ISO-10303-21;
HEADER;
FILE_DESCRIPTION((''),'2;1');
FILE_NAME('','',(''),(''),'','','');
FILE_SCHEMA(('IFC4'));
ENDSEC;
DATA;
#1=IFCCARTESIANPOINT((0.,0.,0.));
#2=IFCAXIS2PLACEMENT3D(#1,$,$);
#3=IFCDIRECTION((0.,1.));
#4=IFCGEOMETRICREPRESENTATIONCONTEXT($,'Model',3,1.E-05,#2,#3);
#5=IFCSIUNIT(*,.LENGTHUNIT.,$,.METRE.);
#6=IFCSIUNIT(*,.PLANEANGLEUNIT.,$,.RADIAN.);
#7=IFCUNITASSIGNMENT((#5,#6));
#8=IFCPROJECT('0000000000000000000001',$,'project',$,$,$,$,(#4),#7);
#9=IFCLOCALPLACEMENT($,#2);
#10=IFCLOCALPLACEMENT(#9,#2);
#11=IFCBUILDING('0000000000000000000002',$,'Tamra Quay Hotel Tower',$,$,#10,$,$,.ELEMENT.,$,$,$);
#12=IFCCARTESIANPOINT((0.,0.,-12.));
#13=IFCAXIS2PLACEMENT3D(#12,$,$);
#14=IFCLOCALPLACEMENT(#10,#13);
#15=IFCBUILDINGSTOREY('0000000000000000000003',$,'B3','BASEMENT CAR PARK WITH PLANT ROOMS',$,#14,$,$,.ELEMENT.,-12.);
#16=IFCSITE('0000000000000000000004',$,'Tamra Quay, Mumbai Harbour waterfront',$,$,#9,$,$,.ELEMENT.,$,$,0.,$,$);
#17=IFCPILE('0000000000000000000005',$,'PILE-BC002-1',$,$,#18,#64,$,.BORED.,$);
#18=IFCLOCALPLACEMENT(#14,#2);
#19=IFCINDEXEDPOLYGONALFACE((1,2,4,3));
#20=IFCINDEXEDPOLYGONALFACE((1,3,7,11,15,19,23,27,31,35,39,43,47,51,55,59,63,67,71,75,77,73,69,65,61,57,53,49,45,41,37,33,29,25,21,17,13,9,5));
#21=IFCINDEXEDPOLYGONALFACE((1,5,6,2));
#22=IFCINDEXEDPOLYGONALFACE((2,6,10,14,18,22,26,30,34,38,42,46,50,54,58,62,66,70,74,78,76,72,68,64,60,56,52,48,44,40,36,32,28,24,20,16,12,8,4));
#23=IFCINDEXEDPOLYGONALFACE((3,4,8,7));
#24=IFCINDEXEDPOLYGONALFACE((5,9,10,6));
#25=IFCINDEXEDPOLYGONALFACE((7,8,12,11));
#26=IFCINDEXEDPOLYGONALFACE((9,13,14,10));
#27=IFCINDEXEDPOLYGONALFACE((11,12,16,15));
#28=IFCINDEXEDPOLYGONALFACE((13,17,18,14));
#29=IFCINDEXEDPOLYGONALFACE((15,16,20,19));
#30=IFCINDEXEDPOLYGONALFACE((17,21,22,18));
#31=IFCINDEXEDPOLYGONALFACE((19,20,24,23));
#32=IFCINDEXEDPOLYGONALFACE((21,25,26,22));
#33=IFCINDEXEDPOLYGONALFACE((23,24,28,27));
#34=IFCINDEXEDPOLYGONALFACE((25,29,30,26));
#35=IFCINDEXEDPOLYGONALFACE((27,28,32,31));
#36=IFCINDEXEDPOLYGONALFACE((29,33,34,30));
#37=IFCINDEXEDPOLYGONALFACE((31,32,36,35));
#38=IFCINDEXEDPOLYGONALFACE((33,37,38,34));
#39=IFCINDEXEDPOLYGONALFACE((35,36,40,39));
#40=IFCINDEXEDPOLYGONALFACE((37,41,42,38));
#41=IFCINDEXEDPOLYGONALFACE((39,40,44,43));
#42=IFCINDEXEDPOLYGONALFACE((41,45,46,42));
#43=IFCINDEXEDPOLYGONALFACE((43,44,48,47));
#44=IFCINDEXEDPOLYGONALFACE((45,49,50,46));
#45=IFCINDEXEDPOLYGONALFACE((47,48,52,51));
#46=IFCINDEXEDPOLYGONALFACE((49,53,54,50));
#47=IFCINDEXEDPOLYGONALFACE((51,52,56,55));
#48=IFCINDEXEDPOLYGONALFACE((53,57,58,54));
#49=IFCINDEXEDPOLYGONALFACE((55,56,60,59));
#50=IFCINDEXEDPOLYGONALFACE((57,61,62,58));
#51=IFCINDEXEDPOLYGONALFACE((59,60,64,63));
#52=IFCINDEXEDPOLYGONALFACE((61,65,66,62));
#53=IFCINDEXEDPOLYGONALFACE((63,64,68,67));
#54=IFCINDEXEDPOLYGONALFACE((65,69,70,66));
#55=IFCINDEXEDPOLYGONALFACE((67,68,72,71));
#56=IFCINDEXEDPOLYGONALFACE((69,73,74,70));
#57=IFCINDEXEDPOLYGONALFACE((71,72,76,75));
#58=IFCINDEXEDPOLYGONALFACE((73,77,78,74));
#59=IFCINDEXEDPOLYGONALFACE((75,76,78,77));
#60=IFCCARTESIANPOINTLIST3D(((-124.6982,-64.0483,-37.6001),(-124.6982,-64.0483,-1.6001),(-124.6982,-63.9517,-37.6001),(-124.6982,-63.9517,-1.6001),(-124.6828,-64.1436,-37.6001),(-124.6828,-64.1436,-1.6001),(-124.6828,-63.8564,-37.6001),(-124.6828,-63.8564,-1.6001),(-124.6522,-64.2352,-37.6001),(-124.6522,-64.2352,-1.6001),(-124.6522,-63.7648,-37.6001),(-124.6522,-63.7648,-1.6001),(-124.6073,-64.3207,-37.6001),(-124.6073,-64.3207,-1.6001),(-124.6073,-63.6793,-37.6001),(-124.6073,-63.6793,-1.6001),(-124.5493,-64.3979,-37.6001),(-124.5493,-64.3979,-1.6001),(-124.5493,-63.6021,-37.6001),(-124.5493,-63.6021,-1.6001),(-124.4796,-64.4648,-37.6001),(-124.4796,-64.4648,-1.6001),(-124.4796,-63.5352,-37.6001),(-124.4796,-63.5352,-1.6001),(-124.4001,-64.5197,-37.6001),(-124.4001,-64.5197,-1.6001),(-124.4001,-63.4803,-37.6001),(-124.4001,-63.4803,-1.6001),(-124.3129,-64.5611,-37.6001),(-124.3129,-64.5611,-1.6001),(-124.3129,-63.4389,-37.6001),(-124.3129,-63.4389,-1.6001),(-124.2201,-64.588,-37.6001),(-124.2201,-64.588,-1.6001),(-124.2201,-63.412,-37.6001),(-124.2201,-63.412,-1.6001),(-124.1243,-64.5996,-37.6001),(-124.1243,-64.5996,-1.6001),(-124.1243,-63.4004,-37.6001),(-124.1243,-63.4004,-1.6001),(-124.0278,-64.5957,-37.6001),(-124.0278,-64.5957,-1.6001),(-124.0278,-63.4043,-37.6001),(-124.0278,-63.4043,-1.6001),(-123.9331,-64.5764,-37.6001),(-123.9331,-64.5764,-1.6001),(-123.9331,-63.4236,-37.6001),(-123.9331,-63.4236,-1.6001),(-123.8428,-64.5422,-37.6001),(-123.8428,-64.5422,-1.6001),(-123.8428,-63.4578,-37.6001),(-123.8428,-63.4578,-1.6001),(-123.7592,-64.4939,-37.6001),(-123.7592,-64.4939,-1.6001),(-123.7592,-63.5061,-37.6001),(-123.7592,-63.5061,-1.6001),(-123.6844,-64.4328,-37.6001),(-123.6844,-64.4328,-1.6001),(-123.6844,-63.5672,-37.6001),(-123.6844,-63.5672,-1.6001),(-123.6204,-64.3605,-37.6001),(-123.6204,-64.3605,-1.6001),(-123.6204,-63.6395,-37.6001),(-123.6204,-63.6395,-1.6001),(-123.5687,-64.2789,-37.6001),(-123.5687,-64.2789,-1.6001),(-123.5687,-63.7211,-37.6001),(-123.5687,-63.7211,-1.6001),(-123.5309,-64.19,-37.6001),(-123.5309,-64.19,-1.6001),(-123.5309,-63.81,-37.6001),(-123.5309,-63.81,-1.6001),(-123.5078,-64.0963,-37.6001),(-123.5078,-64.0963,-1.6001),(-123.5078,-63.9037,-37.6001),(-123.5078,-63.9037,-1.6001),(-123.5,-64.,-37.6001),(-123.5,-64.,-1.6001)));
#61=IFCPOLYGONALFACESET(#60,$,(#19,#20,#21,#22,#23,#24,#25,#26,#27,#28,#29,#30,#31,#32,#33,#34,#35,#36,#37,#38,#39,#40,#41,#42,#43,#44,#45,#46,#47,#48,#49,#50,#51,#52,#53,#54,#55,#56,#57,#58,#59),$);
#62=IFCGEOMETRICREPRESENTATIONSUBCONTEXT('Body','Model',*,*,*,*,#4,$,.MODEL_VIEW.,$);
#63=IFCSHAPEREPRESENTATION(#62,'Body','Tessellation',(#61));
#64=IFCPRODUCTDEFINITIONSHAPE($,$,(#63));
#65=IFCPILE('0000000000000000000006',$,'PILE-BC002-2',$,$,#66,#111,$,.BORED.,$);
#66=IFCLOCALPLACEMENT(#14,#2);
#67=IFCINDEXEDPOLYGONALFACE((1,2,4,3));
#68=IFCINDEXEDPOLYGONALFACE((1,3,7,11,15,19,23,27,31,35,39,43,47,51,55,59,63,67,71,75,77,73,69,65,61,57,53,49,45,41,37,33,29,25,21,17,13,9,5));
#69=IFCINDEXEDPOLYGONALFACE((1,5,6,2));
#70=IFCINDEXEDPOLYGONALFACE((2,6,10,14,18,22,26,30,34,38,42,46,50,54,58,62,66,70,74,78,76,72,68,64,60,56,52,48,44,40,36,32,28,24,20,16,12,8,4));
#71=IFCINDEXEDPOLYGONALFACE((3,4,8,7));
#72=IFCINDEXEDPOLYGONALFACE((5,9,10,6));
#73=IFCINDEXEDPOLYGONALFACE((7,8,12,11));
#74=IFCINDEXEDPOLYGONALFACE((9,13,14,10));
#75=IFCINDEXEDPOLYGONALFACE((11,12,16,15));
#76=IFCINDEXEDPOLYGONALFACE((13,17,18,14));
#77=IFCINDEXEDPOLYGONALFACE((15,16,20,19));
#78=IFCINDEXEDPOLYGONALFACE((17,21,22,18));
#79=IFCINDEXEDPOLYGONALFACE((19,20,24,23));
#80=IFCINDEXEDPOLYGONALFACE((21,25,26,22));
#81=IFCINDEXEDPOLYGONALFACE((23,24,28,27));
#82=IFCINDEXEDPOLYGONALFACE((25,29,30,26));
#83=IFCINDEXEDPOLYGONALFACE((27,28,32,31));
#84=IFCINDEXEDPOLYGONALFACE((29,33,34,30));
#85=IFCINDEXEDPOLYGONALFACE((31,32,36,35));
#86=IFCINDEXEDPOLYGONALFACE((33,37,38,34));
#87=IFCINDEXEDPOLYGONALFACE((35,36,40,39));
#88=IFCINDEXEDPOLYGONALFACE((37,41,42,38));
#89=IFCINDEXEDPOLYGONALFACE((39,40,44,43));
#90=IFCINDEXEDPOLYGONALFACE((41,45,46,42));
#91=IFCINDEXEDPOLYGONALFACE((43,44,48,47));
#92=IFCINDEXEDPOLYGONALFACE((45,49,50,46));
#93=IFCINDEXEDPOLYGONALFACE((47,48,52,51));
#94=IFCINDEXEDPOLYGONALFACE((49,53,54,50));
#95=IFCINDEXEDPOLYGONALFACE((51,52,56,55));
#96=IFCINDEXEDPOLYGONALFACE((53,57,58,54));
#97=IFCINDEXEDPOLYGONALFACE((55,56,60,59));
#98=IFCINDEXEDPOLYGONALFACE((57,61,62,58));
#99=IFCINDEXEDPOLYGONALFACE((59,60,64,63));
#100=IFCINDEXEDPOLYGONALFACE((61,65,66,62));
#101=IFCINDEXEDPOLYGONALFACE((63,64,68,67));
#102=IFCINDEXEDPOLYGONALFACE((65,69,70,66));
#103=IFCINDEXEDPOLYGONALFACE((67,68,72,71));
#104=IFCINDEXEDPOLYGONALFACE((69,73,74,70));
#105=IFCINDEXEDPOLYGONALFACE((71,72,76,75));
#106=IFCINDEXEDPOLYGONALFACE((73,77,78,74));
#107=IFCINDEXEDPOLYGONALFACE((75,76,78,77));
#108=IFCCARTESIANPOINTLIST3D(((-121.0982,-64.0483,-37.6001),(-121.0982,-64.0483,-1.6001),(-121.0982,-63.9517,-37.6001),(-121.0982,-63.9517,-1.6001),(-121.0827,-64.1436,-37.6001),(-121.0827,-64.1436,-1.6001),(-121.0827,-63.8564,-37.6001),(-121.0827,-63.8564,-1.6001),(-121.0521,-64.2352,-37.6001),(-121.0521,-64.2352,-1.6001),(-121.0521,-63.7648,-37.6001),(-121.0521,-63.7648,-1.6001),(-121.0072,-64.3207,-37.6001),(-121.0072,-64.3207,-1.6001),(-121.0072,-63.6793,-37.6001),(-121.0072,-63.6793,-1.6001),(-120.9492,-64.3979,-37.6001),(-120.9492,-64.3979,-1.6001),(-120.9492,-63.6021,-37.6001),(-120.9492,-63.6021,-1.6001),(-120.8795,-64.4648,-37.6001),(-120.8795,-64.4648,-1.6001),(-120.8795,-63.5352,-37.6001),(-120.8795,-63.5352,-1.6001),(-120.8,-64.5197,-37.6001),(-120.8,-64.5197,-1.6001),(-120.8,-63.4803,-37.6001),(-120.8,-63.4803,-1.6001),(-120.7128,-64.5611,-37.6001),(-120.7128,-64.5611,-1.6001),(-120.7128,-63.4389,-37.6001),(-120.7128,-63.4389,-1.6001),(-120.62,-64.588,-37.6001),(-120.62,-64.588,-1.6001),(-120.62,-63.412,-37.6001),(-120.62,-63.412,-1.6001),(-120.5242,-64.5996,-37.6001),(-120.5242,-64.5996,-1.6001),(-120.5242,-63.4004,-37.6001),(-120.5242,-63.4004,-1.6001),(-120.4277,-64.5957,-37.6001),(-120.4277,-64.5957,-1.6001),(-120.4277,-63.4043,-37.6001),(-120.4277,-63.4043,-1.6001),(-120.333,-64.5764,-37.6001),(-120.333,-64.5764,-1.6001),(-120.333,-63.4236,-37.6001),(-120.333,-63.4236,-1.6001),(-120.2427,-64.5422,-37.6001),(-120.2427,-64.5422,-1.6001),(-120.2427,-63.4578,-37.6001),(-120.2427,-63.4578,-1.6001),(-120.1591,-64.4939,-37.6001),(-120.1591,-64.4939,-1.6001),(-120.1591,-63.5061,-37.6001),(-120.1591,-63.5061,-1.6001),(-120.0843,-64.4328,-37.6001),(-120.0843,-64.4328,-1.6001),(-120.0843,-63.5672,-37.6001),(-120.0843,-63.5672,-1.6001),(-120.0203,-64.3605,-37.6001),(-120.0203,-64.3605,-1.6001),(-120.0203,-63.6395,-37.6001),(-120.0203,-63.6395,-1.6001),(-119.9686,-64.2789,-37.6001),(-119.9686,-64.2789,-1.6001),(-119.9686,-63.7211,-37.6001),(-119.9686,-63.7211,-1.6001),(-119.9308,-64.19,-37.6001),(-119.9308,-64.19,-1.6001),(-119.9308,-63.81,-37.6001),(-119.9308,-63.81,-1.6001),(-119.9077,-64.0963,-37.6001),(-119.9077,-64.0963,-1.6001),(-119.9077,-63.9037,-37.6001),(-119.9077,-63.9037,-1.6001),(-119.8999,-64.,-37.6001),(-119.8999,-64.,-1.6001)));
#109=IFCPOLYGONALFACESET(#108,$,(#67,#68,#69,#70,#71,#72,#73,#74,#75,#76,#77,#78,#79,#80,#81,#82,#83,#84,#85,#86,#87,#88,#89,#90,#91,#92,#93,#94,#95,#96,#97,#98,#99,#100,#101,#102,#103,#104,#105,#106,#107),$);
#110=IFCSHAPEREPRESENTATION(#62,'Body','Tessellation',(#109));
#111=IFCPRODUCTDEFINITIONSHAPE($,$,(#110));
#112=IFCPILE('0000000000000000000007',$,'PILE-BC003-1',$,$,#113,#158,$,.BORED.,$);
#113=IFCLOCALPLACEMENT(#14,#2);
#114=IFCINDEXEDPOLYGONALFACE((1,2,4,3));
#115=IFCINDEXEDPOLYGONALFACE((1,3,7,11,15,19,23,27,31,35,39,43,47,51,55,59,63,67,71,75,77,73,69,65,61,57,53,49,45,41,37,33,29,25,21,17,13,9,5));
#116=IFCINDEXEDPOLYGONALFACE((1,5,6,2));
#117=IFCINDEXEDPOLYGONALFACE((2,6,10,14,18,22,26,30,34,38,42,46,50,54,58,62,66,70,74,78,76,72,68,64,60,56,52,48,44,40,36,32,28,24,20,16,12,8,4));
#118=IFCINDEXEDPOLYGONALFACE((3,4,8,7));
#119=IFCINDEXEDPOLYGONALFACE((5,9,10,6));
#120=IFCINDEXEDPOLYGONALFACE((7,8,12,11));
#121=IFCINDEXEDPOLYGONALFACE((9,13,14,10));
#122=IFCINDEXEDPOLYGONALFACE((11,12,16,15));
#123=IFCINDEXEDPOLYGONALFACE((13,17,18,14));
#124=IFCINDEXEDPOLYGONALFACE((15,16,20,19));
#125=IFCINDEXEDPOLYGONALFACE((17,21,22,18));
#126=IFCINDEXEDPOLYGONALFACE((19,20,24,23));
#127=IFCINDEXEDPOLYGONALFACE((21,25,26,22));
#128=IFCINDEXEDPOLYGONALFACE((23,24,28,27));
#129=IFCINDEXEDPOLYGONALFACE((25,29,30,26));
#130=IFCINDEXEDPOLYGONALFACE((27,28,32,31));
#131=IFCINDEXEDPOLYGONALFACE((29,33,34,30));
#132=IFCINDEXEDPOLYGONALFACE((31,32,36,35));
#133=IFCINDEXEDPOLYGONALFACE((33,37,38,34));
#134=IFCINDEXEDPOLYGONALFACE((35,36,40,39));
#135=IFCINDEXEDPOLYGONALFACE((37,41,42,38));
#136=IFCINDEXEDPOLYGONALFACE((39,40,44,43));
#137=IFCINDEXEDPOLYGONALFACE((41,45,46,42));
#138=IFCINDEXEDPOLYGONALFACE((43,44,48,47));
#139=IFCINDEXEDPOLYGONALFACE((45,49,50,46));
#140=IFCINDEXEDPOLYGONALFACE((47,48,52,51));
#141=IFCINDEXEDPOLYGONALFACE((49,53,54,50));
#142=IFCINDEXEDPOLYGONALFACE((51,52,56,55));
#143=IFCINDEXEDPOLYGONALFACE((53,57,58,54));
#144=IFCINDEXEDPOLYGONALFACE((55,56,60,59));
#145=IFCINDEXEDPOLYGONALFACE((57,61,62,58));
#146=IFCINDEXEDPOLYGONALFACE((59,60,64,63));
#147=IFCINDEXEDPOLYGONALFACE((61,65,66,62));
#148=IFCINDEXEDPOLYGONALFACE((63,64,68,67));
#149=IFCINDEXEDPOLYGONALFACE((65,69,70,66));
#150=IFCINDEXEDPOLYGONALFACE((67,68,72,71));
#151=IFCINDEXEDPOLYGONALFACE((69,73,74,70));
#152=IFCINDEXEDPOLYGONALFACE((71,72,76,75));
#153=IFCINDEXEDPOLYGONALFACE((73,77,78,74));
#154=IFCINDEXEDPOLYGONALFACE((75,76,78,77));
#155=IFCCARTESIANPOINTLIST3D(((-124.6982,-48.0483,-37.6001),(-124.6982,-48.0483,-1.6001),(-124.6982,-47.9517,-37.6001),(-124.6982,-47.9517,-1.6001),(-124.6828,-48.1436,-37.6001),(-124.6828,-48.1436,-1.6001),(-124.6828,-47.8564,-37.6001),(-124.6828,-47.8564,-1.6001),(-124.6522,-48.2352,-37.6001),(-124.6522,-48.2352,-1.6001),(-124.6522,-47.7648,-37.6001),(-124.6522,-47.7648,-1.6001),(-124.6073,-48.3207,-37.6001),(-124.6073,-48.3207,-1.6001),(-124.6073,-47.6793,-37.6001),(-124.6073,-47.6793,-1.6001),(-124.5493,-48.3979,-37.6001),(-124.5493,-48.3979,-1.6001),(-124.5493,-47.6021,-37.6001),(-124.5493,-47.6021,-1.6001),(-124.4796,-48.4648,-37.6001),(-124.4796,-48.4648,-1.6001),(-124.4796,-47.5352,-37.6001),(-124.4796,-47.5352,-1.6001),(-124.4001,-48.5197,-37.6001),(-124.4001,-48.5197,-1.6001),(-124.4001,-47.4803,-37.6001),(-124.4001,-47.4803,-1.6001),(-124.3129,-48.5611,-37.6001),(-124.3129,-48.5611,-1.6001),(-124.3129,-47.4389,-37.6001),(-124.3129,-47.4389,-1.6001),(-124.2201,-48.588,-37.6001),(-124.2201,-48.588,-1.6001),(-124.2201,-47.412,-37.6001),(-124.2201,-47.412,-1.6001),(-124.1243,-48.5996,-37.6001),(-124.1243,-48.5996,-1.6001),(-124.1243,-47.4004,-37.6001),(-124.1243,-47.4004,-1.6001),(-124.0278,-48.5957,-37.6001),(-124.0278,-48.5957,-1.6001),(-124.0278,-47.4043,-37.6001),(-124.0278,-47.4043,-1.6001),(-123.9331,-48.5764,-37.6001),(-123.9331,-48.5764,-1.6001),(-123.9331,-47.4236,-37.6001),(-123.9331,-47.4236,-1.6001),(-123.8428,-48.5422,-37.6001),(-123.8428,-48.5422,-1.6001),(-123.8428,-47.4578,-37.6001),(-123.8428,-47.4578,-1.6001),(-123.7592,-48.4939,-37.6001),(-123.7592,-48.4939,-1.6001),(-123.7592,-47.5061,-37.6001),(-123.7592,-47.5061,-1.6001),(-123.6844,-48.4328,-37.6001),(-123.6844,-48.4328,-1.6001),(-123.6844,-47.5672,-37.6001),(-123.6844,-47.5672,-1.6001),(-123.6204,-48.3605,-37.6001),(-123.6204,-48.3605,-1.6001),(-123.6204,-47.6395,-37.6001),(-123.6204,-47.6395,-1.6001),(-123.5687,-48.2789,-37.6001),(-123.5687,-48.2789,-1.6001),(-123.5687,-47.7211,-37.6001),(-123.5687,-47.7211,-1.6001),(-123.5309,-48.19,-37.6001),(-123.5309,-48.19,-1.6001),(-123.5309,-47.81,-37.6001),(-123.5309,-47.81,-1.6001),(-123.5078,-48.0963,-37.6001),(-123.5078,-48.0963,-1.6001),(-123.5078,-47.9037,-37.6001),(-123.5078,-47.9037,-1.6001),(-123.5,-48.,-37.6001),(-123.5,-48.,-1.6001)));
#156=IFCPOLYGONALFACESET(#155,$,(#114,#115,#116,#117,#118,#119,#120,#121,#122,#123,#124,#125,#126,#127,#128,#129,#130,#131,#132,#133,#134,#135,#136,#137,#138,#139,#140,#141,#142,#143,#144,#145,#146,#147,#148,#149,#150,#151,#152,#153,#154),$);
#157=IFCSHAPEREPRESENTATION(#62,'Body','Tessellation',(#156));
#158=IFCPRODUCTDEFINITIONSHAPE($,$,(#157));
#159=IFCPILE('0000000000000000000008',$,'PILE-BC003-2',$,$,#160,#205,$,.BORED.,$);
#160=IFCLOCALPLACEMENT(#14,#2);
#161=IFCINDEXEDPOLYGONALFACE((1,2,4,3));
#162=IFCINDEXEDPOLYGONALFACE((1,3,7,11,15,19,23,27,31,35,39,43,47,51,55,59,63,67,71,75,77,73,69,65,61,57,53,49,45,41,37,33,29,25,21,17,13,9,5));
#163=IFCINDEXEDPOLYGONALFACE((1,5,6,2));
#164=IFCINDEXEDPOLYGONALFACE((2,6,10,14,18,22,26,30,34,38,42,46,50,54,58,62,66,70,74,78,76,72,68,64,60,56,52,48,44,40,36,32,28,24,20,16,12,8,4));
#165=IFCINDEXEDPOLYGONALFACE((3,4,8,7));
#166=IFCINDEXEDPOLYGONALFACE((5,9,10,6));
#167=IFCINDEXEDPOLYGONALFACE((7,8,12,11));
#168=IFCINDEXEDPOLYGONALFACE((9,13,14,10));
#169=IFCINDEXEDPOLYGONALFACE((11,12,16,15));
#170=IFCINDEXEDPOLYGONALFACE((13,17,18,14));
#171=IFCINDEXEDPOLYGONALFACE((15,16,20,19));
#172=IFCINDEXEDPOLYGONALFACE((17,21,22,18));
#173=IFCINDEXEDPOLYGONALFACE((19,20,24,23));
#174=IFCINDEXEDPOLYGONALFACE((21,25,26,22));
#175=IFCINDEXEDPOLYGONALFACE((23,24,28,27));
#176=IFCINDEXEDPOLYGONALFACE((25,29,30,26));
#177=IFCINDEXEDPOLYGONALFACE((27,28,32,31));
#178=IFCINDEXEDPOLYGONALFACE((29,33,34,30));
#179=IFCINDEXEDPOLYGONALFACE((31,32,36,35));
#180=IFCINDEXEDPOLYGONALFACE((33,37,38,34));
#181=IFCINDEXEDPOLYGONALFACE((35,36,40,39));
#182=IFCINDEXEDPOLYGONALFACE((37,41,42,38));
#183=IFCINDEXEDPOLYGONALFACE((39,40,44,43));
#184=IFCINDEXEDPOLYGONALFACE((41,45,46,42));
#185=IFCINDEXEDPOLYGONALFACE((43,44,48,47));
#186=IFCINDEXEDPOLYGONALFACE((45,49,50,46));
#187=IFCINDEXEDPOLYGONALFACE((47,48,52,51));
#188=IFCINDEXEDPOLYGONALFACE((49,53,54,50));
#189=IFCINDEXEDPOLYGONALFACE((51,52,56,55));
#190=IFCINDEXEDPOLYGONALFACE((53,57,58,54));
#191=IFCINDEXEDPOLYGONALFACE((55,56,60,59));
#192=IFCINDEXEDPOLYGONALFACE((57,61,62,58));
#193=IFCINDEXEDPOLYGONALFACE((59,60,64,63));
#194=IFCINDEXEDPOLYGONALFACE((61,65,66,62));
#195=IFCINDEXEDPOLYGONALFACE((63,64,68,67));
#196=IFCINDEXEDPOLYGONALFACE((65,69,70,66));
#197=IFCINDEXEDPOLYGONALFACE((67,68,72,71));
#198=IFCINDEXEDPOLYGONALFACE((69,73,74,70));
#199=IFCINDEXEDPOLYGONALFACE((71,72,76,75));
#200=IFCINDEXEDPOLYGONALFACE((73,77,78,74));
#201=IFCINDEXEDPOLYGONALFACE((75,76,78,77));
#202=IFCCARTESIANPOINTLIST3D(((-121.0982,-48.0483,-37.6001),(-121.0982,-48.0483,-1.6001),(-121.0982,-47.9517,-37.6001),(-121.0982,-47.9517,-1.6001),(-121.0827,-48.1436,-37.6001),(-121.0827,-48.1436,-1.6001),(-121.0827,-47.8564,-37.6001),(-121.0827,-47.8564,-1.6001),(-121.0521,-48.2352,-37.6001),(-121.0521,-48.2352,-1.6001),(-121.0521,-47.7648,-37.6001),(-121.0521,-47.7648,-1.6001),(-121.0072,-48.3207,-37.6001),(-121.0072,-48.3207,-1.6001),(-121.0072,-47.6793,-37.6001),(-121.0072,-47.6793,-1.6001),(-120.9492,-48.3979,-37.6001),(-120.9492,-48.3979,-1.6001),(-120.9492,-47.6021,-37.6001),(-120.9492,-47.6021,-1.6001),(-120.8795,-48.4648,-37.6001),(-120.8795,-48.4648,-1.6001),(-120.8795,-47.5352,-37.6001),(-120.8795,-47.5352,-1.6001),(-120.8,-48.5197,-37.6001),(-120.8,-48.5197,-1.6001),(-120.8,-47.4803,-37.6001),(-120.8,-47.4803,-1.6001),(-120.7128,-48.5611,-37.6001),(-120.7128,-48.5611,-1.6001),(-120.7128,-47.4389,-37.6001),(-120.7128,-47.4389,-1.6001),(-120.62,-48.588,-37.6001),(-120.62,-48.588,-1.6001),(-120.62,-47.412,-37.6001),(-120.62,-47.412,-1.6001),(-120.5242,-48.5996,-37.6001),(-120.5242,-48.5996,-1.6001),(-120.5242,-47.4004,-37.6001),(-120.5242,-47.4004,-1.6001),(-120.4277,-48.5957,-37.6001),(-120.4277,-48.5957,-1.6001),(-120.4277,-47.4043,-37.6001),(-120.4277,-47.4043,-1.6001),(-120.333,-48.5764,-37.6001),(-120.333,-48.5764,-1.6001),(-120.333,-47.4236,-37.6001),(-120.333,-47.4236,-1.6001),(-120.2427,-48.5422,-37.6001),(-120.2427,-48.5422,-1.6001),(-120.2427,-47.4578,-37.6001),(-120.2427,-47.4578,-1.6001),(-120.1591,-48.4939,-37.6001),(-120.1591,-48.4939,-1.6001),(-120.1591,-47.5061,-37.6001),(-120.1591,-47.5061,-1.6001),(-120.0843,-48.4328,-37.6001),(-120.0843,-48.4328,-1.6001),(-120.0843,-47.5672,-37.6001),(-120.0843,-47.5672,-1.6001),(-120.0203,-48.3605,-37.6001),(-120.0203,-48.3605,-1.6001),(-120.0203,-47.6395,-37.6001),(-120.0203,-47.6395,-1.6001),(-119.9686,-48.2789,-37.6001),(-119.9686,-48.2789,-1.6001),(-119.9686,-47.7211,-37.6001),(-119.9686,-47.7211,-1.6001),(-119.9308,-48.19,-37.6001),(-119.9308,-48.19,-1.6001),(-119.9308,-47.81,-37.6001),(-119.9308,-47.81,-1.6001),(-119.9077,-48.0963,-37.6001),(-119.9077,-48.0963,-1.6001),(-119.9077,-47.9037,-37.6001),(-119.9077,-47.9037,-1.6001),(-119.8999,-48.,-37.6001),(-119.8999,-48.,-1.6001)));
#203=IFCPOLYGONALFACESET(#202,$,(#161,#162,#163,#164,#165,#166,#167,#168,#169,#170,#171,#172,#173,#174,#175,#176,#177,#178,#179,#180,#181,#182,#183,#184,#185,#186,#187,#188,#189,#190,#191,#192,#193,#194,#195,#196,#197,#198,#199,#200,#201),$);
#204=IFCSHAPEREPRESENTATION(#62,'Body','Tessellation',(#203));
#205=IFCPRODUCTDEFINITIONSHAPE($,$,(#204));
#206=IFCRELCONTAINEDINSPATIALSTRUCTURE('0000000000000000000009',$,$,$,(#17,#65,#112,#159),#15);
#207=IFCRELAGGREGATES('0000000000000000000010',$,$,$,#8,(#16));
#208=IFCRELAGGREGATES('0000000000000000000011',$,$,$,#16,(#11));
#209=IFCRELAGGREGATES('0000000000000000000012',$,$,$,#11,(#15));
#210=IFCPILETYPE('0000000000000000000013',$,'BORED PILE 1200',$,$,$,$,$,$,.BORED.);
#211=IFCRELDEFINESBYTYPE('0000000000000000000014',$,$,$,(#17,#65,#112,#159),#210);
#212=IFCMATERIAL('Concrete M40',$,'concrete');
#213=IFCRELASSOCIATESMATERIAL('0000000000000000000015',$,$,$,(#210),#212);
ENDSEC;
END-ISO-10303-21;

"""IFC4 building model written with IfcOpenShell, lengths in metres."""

from ifc_helpers import new_model, si_unit, direction, frame, origin, origin_2d, place, context, subcontext, project, spatial, circle, extrude, material, material_profile, profile_set, type_object, element, save


model = new_model("IFC4")

# Units and contexts
model_context = context("Model", 3, precision=1e-05, world=origin(), true_north=direction((0.0, 1.0)))
body_context = subcontext(model_context, "Body", "Model", "MODEL_VIEW")
ifc_project = project(units=[si_unit("LENGTHUNIT", "METRE"), si_unit("PLANEANGLEUNIT", "RADIAN")], contexts=[model_context])

# Site, building, storey
site_placement = place(None, origin())
site = spatial("IfcSite", under=ifc_project, at=site_placement, Name="Tamra Quay, Mumbai Harbour waterfront", CompositionType="ELEMENT", RefElevation=0.0)
building_placement = place(site_placement, origin())
building = spatial("IfcBuilding", under=site, at=building_placement, Name="Tamra Quay Hotel Tower", CompositionType="ELEMENT")
storey_placement = place(building_placement, frame((0.0, 0.0, -12.0)))
storey = spatial("IfcBuildingStorey", under=building, at=storey_placement, Name="B3", Description="BASEMENT CAR PARK WITH PLANT ROOMS", CompositionType="ELEMENT", Elevation=-12.0)

# Piles
ifc_material_1 = material(Name="Concrete M40", Category="concrete")
ifc_material_profile_1 = material_profile(ifc_material_1, circle(Radius=0.6001, at=origin_2d()), Name="BORED PILE 1200")
ifc_profile_set_1 = profile_set([ifc_material_profile_1], Name="Concrete M40")
pile_type = type_object("IfcPileType", Name="BORED PILE 1200", PredefinedType="BORED", material=ifc_profile_set_1)
for number, where, z_axis, x_axis, name in (
    (1, (-124.1001, -64.0, -1.6001), (0.0, 0.0, -1.0), (1.0, 0.0, 0.0), "PILE-BC002-1"),
    (2, (-120.5, -64.0, -1.6001), (0.0, 0.0, -1.0), (1.0, 0.0, 0.0), "PILE-BC002-2"),
    (3, (-124.1001, -48.0, -1.6001), (0.0, 0.0, -1.0), (1.0, 0.0, 0.0), "PILE-BC003-1"),
    (4, (-120.5, -48.0, -1.6001), (0.0, 0.0, -1.0), (1.0, 0.0, 0.0), "PILE-BC003-2"),
):
    element("IfcPile", number, at=place(storey_placement, frame(where, z_axis=z_axis, x_axis=x_axis)), inside=storey, type_object=pile_type, Name=name, PredefinedType="BORED", context=body_context, shape_type="SweptSolid", body=[
        extrude(circle(Radius=0.6001, at=origin_2d()), origin(), (0.0, 0.0, 1.0), 36.0),
    ])

save(model, "model.ifc")
